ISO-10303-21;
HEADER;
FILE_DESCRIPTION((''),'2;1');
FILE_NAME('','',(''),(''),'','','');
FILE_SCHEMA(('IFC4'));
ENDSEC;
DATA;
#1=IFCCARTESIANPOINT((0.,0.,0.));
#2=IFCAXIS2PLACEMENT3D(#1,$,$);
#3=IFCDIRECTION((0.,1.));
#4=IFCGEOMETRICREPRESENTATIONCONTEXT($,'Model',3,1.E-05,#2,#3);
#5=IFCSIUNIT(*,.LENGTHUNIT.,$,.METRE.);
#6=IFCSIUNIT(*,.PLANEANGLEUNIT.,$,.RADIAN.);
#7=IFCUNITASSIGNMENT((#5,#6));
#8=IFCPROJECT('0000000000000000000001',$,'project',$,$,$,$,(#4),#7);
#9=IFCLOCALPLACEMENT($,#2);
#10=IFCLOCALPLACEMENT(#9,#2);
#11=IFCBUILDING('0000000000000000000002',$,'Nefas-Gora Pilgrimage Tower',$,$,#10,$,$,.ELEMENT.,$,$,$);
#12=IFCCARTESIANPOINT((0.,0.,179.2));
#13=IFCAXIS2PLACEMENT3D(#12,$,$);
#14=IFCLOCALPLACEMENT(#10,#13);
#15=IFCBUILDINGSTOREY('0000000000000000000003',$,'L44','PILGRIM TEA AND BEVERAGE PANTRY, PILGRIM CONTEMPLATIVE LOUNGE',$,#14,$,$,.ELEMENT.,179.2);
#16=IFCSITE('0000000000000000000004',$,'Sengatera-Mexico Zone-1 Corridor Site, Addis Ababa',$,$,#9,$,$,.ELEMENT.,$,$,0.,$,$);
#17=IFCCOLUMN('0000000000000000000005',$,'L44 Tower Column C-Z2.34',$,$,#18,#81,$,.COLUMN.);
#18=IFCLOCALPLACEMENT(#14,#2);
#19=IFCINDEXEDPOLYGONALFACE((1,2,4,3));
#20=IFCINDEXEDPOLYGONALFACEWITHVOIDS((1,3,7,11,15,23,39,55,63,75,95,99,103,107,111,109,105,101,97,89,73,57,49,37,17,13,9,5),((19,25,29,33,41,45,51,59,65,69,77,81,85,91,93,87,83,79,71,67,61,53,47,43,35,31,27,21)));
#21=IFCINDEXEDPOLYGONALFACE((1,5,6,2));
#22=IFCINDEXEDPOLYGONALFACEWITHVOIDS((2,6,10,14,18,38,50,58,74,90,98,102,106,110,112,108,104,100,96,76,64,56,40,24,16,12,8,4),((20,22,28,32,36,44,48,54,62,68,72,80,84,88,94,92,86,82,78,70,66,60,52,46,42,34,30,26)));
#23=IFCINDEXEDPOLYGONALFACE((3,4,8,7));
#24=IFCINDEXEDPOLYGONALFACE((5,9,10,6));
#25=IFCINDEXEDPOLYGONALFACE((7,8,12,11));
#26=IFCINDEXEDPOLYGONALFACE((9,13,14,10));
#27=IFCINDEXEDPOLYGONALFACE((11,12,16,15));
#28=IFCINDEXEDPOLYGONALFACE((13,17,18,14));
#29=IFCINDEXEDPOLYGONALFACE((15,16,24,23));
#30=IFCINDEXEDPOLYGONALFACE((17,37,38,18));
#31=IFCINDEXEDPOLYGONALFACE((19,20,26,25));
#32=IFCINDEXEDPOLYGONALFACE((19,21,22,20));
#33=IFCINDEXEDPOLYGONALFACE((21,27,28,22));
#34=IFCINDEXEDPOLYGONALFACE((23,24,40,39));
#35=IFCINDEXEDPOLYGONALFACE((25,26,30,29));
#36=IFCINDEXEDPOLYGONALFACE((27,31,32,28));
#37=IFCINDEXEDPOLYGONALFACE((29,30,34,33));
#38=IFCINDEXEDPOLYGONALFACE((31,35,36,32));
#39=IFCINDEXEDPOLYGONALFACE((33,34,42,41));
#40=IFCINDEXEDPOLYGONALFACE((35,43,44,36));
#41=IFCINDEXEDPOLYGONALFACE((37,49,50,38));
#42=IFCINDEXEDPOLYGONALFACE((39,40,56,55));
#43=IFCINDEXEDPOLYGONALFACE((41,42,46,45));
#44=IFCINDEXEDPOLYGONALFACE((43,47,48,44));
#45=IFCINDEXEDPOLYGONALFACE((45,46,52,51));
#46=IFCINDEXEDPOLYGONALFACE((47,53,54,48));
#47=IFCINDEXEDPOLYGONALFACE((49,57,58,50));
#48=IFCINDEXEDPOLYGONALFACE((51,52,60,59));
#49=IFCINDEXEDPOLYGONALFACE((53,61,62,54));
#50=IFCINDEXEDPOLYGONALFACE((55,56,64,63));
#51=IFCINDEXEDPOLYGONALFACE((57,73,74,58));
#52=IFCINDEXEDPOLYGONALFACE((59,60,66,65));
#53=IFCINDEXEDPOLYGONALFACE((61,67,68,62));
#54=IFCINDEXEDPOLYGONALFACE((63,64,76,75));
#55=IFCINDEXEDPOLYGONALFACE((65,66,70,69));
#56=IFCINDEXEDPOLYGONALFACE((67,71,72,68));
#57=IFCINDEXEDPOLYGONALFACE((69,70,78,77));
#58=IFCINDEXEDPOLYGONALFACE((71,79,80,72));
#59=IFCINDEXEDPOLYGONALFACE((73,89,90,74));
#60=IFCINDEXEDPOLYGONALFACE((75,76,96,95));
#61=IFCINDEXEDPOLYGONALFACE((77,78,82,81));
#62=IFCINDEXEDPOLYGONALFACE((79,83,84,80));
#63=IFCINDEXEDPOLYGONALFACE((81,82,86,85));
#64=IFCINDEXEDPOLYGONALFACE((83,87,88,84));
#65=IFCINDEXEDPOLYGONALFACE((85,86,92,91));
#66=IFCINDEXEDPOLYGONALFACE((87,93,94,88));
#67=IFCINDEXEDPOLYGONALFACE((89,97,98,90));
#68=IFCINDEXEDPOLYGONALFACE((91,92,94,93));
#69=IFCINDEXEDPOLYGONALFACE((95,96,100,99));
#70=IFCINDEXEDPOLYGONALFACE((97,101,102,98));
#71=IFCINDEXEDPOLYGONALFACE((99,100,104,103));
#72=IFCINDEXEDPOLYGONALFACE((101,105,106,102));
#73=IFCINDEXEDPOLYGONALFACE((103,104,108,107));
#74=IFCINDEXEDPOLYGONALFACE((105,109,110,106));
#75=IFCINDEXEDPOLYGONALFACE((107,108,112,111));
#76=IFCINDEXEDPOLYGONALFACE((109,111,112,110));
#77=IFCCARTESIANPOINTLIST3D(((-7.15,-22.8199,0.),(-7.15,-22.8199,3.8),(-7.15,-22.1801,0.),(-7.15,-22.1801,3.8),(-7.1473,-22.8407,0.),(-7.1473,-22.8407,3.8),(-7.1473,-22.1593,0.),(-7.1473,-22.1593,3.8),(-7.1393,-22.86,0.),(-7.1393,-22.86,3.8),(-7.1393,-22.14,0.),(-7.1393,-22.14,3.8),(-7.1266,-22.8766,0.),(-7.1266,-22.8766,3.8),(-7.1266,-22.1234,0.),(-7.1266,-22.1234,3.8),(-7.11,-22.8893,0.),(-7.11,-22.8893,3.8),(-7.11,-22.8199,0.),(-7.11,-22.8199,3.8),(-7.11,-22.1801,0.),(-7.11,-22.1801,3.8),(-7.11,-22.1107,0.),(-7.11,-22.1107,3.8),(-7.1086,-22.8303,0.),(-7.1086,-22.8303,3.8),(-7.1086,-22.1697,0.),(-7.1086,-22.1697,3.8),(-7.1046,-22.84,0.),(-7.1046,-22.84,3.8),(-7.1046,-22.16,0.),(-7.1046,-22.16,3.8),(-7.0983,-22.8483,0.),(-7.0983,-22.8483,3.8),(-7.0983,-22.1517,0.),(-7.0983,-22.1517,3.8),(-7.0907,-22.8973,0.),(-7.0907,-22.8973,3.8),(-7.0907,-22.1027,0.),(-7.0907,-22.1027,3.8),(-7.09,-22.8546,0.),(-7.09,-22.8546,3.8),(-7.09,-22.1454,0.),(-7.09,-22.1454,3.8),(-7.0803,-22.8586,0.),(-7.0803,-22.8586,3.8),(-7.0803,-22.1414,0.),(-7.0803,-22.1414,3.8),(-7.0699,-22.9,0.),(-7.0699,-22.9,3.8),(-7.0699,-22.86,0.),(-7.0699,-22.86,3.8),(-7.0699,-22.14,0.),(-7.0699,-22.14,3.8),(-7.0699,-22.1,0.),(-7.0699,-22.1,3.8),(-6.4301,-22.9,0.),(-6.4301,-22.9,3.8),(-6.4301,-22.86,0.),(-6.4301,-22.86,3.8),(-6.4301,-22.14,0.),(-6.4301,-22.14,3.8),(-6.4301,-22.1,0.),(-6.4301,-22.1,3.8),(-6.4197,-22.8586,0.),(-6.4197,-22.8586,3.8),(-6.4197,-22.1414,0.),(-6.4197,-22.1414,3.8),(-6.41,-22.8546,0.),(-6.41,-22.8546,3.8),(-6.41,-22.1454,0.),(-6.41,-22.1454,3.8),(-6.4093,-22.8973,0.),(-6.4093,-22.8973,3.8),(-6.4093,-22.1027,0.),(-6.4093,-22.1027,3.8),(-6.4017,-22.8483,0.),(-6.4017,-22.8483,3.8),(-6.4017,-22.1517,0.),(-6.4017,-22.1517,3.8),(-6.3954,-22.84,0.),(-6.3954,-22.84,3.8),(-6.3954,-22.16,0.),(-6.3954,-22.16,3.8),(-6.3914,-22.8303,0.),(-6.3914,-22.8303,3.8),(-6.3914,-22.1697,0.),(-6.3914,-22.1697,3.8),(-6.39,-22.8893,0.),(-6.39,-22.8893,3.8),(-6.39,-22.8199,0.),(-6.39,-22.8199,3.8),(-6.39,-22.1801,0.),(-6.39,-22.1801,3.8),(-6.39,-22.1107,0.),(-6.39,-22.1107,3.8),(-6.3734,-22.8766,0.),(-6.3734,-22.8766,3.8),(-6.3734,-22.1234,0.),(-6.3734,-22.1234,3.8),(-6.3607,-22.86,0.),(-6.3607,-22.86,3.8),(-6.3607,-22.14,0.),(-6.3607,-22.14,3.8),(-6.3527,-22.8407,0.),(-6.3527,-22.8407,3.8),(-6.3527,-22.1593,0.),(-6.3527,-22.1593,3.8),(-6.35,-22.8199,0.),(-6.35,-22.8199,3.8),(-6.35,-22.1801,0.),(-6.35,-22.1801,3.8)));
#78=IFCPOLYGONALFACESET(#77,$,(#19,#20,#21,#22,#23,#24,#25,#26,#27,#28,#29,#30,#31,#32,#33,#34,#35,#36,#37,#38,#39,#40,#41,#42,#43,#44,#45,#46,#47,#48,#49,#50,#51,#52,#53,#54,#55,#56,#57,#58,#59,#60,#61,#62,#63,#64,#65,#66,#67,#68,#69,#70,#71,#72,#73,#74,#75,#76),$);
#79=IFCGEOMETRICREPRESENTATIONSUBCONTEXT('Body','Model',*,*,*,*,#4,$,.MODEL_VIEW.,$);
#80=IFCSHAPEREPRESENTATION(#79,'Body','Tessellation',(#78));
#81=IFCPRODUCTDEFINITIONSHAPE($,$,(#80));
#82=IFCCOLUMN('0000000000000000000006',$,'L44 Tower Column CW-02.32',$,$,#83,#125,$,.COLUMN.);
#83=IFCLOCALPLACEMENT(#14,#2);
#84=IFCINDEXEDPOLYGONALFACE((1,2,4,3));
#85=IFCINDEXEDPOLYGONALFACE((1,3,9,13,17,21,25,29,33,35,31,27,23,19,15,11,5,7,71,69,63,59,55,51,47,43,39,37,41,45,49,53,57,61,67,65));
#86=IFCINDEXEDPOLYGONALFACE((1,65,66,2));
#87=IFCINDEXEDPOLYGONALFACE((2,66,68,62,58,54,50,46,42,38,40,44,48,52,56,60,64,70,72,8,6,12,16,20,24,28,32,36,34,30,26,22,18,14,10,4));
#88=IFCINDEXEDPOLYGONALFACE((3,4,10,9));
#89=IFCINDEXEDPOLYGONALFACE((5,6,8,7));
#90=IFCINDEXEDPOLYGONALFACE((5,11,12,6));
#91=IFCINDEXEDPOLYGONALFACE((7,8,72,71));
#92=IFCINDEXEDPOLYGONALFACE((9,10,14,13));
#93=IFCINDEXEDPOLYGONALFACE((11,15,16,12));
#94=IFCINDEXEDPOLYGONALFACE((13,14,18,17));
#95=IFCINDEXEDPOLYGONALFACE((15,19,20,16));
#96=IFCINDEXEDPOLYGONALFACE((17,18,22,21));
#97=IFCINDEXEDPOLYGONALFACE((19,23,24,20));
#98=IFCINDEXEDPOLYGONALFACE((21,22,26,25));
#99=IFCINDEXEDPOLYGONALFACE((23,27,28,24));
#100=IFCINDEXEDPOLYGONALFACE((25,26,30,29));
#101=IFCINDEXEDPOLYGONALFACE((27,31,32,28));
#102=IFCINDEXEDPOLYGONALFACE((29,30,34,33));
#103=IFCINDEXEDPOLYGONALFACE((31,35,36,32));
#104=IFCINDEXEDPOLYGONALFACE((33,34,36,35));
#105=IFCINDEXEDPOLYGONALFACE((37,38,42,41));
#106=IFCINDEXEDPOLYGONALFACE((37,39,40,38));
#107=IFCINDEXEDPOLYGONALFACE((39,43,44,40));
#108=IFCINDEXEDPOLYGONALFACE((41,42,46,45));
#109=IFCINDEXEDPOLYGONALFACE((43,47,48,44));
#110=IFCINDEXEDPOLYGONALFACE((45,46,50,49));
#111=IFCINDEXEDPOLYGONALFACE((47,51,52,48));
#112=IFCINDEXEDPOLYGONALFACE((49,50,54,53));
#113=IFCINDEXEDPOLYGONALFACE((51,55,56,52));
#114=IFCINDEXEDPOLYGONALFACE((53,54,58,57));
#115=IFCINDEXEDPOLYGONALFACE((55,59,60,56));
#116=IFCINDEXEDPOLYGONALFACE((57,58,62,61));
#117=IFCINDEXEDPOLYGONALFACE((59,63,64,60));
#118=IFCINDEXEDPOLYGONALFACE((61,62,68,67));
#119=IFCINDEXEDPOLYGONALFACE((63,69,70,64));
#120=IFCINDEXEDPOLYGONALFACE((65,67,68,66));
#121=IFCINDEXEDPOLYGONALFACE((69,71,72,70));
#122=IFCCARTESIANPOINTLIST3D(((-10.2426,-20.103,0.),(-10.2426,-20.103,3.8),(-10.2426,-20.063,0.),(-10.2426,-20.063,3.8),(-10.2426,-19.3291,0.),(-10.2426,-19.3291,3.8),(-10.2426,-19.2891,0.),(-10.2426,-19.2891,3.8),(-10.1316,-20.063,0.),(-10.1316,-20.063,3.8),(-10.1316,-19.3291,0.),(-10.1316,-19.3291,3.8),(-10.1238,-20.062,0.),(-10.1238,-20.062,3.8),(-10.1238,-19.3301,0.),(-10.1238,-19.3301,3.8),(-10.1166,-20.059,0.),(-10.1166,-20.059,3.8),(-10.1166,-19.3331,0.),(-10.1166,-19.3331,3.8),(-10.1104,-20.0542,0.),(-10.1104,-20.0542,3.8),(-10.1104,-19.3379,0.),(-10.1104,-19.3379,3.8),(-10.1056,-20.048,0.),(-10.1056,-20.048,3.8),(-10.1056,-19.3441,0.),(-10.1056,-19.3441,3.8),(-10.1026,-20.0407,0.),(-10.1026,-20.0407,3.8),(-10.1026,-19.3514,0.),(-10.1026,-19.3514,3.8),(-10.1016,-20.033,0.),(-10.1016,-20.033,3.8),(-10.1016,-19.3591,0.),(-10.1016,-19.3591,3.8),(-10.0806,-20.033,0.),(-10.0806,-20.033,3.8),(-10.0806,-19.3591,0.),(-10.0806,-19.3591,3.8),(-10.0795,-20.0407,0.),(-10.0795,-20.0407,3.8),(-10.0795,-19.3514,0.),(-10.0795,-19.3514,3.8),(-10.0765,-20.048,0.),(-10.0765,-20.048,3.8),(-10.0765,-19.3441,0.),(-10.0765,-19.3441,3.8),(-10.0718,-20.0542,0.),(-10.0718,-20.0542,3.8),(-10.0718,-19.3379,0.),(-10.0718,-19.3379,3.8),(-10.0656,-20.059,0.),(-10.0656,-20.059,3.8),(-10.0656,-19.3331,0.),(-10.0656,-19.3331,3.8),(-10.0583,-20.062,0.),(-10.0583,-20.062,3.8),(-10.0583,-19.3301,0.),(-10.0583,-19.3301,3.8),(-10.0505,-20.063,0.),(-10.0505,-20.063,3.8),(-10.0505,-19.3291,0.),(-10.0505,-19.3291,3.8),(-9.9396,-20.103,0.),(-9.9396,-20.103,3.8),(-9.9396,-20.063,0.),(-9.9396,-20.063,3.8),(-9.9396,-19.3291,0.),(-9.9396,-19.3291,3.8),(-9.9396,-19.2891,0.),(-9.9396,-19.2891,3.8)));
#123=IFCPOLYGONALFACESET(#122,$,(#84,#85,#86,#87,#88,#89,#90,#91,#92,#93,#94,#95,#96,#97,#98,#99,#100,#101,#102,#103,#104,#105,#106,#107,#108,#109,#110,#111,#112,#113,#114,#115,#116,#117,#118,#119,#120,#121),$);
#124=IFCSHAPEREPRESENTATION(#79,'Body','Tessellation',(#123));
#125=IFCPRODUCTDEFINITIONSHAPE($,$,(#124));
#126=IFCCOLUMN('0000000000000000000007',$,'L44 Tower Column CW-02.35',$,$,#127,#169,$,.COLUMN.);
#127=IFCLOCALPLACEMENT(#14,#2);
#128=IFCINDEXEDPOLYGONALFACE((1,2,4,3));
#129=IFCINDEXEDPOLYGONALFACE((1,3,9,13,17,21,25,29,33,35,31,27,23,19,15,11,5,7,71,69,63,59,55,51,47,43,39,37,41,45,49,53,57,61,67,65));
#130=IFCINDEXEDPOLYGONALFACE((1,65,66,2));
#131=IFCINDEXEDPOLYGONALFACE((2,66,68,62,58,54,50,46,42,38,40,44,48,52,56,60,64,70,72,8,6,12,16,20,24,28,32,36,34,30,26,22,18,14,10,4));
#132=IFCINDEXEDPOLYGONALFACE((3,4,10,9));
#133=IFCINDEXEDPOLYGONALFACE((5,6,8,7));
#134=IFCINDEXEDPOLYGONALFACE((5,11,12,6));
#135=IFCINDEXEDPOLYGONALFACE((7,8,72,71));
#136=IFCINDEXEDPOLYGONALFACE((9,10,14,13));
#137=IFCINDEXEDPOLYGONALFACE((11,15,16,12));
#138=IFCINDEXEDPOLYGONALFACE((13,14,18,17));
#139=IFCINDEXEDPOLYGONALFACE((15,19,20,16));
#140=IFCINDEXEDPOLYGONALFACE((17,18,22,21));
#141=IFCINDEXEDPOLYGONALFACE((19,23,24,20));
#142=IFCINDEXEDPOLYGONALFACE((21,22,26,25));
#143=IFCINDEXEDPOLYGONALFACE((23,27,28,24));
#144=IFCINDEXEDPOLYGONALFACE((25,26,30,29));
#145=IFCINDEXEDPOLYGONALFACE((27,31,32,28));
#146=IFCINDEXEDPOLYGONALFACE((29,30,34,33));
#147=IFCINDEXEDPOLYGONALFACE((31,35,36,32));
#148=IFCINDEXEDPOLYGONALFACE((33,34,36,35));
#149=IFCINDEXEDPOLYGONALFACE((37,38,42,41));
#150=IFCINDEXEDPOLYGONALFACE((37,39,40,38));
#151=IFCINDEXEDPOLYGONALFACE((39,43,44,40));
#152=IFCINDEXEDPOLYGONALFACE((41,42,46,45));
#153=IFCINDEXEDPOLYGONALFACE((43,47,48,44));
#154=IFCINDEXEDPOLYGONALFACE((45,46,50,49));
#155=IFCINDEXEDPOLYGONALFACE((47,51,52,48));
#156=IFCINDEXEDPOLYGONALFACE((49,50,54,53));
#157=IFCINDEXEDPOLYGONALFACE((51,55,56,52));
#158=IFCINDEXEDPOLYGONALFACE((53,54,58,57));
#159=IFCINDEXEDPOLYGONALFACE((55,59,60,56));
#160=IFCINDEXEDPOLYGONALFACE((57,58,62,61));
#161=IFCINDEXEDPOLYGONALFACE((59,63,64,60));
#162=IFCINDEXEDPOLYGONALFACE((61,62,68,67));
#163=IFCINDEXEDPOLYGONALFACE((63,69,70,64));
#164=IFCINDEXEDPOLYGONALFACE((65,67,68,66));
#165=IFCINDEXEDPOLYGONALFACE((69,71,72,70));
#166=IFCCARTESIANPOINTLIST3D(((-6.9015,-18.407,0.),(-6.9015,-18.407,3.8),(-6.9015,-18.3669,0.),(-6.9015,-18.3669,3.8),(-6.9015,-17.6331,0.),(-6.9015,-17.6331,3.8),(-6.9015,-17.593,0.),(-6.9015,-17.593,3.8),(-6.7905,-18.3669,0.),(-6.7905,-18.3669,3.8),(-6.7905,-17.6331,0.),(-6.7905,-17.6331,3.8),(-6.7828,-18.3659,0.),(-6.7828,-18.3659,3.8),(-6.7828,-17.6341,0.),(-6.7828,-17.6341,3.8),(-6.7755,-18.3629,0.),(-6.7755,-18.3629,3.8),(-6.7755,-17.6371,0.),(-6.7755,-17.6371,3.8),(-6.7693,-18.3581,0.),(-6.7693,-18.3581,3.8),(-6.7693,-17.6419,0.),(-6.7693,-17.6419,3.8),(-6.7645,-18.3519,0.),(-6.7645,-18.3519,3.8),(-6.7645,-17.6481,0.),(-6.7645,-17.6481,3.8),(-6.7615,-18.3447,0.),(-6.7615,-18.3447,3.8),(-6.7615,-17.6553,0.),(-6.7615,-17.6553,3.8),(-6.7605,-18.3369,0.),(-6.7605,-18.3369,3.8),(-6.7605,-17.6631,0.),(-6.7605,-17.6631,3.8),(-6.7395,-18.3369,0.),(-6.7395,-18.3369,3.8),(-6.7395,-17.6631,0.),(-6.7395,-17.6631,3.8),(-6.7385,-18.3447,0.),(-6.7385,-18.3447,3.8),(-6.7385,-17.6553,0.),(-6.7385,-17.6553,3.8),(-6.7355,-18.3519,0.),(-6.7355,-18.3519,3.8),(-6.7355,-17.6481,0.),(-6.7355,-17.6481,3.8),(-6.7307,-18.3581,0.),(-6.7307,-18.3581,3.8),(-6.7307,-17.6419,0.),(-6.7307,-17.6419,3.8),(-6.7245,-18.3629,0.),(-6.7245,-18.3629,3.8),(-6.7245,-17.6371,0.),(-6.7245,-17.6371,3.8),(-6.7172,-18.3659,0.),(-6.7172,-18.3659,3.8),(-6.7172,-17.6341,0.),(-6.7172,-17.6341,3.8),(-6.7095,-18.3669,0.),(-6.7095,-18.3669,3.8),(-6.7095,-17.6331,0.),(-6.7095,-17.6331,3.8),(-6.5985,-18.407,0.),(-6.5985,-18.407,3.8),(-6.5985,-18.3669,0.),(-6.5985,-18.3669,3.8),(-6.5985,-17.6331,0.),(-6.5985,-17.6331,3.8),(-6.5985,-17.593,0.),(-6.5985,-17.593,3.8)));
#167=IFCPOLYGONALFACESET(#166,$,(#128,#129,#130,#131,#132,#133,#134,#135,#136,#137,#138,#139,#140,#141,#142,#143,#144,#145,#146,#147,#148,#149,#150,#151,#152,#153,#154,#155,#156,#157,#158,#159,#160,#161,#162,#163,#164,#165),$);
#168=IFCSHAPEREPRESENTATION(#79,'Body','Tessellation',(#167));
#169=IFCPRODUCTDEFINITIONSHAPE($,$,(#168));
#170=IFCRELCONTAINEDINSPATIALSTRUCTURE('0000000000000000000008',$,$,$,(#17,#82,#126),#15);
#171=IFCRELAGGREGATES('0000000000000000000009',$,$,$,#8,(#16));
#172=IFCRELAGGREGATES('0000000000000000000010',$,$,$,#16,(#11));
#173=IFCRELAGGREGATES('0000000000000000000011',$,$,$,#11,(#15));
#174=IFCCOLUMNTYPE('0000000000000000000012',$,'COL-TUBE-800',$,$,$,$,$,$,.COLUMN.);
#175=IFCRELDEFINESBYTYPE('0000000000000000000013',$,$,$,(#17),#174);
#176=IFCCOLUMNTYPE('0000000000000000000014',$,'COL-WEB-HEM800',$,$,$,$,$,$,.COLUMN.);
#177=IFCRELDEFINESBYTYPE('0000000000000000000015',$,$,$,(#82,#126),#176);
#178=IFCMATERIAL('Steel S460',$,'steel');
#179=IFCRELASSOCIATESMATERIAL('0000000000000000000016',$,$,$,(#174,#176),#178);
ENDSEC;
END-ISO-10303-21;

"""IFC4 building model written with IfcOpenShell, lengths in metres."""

from ifc_helpers import new_model, si_unit, direction, frame, origin, origin_2d, place, context, subcontext, project, spatial, hollow_rectangle, i_section, extrude, source, transform, mapped, material, material_profile, profile_set, type_object, element, save


model = new_model("IFC4")

# Units and contexts
model_context = context("Model", 3, precision=1e-05, world=origin(), true_north=direction((0.0, 1.0)))
body_context = subcontext(model_context, "Body", "Model", "MODEL_VIEW")
ifc_project = project(units=[si_unit("LENGTHUNIT", "METRE"), si_unit("PLANEANGLEUNIT", "RADIAN")], contexts=[model_context])

# Site, building, storey
site_placement = place(None, origin())
site = spatial("IfcSite", under=ifc_project, at=site_placement, Name="Sengatera-Mexico Zone-1 Corridor Site, Addis Ababa", CompositionType="ELEMENT", RefElevation=0.0)
building_placement = place(site_placement, origin())
building = spatial("IfcBuilding", under=site, at=building_placement, Name="Nefas-Gora Pilgrimage Tower", CompositionType="ELEMENT")
storey_placement = place(building_placement, frame((0.0, 0.0, 179.2)))
storey = spatial("IfcBuildingStorey", under=building, at=storey_placement, Name="L44", Description="PILGRIM TEA AND BEVERAGE PANTRY, PILGRIM CONTEMPLATIVE LOUNGE", CompositionType="ELEMENT", Elevation=179.2)

# Columns
ifc_material_1 = material(Name="Steel S460", Category="steel")
ifc_material_profile_1 = material_profile(ifc_material_1, hollow_rectangle(XDim=0.8, YDim=0.8, WallThickness=0.04, InnerFilletRadius=0.04, OuterFilletRadius=0.0801, at=origin_2d()), Name="BOX 800x800x40")
ifc_profile_set_1 = profile_set([ifc_material_profile_1], Name="Steel S460")
column_type_1 = type_object("IfcColumnType", Name="COL-TUBE-800", PredefinedType="COLUMN", material=ifc_profile_set_1)
shared_shape_1 = source(origin(), body_context, "Body", "SweptSolid", [
    extrude(hollow_rectangle(XDim=0.8, YDim=0.8, WallThickness=0.04, InnerFilletRadius=0.04, OuterFilletRadius=0.0801, at=origin_2d()), origin(), (0.0, 0.0, 1.0), 3.8),
])
column_placement = place(storey_placement, frame((-6.75, -22.5, 0.0), z_axis=(0.0, 0.0, 1.0), x_axis=(1.0, 0.0, 0.0)))
element("IfcColumn", 1, at=column_placement, inside=storey, type_object=column_type_1, Name="L44 Tower Column C-Z2.34", PredefinedType="COLUMN", context=body_context, shape_type="MappedRepresentation", body=[
    mapped(shared_shape_1, transform((0.0, 0.0, 0.0), x_axis=(1.0, 0.0, 0.0), y_axis=(0.0, 1.0, 0.0), z_axis=(0.0, 0.0, 1.0), scale=1.0)),
])
ifc_material_profile_2 = material_profile(ifc_material_1, i_section(OverallWidth=0.303, OverallDepth=0.814, WebThickness=0.021, FlangeThickness=0.04, FilletRadius=0.03, at=origin_2d()), Name="HEM 800")
ifc_profile_set_2 = profile_set([ifc_material_profile_2], Name="Steel S460")
column_type_2 = type_object("IfcColumnType", Name="COL-WEB-HEM800", PredefinedType="COLUMN", material=ifc_profile_set_2)
shared_shape_2 = source(origin(), body_context, "Body", "SweptSolid", [
    extrude(i_section(OverallWidth=0.303, OverallDepth=0.814, WebThickness=0.021, FlangeThickness=0.04, FilletRadius=0.03, at=origin_2d()), origin(), (0.0, 0.0, 1.0), 3.8),
])
for number, where, z_axis, x_axis, name in (
    (2, (-10.0911, -19.696, 0.0), (0.0, 0.0, 1.0), (1.0, 0.0, 0.0), "L44 Tower Column CW-02.32"),
    (3, (-6.75, -18.0, 0.0), (0.0, 0.0, 1.0), (1.0, 0.0, 0.0), "L44 Tower Column CW-02.35"),
):
    element("IfcColumn", number, at=place(storey_placement, frame(where, z_axis=z_axis, x_axis=x_axis)), inside=storey, type_object=column_type_2, Name=name, PredefinedType="COLUMN", context=body_context, shape_type="MappedRepresentation", body=[
        mapped(shared_shape_2, transform((0.0, 0.0, 0.0), x_axis=(1.0, 0.0, 0.0), y_axis=(0.0, 1.0, 0.0), z_axis=(0.0, 0.0, 1.0), scale=1.0)),
    ])

save(model, "model.ifc")
